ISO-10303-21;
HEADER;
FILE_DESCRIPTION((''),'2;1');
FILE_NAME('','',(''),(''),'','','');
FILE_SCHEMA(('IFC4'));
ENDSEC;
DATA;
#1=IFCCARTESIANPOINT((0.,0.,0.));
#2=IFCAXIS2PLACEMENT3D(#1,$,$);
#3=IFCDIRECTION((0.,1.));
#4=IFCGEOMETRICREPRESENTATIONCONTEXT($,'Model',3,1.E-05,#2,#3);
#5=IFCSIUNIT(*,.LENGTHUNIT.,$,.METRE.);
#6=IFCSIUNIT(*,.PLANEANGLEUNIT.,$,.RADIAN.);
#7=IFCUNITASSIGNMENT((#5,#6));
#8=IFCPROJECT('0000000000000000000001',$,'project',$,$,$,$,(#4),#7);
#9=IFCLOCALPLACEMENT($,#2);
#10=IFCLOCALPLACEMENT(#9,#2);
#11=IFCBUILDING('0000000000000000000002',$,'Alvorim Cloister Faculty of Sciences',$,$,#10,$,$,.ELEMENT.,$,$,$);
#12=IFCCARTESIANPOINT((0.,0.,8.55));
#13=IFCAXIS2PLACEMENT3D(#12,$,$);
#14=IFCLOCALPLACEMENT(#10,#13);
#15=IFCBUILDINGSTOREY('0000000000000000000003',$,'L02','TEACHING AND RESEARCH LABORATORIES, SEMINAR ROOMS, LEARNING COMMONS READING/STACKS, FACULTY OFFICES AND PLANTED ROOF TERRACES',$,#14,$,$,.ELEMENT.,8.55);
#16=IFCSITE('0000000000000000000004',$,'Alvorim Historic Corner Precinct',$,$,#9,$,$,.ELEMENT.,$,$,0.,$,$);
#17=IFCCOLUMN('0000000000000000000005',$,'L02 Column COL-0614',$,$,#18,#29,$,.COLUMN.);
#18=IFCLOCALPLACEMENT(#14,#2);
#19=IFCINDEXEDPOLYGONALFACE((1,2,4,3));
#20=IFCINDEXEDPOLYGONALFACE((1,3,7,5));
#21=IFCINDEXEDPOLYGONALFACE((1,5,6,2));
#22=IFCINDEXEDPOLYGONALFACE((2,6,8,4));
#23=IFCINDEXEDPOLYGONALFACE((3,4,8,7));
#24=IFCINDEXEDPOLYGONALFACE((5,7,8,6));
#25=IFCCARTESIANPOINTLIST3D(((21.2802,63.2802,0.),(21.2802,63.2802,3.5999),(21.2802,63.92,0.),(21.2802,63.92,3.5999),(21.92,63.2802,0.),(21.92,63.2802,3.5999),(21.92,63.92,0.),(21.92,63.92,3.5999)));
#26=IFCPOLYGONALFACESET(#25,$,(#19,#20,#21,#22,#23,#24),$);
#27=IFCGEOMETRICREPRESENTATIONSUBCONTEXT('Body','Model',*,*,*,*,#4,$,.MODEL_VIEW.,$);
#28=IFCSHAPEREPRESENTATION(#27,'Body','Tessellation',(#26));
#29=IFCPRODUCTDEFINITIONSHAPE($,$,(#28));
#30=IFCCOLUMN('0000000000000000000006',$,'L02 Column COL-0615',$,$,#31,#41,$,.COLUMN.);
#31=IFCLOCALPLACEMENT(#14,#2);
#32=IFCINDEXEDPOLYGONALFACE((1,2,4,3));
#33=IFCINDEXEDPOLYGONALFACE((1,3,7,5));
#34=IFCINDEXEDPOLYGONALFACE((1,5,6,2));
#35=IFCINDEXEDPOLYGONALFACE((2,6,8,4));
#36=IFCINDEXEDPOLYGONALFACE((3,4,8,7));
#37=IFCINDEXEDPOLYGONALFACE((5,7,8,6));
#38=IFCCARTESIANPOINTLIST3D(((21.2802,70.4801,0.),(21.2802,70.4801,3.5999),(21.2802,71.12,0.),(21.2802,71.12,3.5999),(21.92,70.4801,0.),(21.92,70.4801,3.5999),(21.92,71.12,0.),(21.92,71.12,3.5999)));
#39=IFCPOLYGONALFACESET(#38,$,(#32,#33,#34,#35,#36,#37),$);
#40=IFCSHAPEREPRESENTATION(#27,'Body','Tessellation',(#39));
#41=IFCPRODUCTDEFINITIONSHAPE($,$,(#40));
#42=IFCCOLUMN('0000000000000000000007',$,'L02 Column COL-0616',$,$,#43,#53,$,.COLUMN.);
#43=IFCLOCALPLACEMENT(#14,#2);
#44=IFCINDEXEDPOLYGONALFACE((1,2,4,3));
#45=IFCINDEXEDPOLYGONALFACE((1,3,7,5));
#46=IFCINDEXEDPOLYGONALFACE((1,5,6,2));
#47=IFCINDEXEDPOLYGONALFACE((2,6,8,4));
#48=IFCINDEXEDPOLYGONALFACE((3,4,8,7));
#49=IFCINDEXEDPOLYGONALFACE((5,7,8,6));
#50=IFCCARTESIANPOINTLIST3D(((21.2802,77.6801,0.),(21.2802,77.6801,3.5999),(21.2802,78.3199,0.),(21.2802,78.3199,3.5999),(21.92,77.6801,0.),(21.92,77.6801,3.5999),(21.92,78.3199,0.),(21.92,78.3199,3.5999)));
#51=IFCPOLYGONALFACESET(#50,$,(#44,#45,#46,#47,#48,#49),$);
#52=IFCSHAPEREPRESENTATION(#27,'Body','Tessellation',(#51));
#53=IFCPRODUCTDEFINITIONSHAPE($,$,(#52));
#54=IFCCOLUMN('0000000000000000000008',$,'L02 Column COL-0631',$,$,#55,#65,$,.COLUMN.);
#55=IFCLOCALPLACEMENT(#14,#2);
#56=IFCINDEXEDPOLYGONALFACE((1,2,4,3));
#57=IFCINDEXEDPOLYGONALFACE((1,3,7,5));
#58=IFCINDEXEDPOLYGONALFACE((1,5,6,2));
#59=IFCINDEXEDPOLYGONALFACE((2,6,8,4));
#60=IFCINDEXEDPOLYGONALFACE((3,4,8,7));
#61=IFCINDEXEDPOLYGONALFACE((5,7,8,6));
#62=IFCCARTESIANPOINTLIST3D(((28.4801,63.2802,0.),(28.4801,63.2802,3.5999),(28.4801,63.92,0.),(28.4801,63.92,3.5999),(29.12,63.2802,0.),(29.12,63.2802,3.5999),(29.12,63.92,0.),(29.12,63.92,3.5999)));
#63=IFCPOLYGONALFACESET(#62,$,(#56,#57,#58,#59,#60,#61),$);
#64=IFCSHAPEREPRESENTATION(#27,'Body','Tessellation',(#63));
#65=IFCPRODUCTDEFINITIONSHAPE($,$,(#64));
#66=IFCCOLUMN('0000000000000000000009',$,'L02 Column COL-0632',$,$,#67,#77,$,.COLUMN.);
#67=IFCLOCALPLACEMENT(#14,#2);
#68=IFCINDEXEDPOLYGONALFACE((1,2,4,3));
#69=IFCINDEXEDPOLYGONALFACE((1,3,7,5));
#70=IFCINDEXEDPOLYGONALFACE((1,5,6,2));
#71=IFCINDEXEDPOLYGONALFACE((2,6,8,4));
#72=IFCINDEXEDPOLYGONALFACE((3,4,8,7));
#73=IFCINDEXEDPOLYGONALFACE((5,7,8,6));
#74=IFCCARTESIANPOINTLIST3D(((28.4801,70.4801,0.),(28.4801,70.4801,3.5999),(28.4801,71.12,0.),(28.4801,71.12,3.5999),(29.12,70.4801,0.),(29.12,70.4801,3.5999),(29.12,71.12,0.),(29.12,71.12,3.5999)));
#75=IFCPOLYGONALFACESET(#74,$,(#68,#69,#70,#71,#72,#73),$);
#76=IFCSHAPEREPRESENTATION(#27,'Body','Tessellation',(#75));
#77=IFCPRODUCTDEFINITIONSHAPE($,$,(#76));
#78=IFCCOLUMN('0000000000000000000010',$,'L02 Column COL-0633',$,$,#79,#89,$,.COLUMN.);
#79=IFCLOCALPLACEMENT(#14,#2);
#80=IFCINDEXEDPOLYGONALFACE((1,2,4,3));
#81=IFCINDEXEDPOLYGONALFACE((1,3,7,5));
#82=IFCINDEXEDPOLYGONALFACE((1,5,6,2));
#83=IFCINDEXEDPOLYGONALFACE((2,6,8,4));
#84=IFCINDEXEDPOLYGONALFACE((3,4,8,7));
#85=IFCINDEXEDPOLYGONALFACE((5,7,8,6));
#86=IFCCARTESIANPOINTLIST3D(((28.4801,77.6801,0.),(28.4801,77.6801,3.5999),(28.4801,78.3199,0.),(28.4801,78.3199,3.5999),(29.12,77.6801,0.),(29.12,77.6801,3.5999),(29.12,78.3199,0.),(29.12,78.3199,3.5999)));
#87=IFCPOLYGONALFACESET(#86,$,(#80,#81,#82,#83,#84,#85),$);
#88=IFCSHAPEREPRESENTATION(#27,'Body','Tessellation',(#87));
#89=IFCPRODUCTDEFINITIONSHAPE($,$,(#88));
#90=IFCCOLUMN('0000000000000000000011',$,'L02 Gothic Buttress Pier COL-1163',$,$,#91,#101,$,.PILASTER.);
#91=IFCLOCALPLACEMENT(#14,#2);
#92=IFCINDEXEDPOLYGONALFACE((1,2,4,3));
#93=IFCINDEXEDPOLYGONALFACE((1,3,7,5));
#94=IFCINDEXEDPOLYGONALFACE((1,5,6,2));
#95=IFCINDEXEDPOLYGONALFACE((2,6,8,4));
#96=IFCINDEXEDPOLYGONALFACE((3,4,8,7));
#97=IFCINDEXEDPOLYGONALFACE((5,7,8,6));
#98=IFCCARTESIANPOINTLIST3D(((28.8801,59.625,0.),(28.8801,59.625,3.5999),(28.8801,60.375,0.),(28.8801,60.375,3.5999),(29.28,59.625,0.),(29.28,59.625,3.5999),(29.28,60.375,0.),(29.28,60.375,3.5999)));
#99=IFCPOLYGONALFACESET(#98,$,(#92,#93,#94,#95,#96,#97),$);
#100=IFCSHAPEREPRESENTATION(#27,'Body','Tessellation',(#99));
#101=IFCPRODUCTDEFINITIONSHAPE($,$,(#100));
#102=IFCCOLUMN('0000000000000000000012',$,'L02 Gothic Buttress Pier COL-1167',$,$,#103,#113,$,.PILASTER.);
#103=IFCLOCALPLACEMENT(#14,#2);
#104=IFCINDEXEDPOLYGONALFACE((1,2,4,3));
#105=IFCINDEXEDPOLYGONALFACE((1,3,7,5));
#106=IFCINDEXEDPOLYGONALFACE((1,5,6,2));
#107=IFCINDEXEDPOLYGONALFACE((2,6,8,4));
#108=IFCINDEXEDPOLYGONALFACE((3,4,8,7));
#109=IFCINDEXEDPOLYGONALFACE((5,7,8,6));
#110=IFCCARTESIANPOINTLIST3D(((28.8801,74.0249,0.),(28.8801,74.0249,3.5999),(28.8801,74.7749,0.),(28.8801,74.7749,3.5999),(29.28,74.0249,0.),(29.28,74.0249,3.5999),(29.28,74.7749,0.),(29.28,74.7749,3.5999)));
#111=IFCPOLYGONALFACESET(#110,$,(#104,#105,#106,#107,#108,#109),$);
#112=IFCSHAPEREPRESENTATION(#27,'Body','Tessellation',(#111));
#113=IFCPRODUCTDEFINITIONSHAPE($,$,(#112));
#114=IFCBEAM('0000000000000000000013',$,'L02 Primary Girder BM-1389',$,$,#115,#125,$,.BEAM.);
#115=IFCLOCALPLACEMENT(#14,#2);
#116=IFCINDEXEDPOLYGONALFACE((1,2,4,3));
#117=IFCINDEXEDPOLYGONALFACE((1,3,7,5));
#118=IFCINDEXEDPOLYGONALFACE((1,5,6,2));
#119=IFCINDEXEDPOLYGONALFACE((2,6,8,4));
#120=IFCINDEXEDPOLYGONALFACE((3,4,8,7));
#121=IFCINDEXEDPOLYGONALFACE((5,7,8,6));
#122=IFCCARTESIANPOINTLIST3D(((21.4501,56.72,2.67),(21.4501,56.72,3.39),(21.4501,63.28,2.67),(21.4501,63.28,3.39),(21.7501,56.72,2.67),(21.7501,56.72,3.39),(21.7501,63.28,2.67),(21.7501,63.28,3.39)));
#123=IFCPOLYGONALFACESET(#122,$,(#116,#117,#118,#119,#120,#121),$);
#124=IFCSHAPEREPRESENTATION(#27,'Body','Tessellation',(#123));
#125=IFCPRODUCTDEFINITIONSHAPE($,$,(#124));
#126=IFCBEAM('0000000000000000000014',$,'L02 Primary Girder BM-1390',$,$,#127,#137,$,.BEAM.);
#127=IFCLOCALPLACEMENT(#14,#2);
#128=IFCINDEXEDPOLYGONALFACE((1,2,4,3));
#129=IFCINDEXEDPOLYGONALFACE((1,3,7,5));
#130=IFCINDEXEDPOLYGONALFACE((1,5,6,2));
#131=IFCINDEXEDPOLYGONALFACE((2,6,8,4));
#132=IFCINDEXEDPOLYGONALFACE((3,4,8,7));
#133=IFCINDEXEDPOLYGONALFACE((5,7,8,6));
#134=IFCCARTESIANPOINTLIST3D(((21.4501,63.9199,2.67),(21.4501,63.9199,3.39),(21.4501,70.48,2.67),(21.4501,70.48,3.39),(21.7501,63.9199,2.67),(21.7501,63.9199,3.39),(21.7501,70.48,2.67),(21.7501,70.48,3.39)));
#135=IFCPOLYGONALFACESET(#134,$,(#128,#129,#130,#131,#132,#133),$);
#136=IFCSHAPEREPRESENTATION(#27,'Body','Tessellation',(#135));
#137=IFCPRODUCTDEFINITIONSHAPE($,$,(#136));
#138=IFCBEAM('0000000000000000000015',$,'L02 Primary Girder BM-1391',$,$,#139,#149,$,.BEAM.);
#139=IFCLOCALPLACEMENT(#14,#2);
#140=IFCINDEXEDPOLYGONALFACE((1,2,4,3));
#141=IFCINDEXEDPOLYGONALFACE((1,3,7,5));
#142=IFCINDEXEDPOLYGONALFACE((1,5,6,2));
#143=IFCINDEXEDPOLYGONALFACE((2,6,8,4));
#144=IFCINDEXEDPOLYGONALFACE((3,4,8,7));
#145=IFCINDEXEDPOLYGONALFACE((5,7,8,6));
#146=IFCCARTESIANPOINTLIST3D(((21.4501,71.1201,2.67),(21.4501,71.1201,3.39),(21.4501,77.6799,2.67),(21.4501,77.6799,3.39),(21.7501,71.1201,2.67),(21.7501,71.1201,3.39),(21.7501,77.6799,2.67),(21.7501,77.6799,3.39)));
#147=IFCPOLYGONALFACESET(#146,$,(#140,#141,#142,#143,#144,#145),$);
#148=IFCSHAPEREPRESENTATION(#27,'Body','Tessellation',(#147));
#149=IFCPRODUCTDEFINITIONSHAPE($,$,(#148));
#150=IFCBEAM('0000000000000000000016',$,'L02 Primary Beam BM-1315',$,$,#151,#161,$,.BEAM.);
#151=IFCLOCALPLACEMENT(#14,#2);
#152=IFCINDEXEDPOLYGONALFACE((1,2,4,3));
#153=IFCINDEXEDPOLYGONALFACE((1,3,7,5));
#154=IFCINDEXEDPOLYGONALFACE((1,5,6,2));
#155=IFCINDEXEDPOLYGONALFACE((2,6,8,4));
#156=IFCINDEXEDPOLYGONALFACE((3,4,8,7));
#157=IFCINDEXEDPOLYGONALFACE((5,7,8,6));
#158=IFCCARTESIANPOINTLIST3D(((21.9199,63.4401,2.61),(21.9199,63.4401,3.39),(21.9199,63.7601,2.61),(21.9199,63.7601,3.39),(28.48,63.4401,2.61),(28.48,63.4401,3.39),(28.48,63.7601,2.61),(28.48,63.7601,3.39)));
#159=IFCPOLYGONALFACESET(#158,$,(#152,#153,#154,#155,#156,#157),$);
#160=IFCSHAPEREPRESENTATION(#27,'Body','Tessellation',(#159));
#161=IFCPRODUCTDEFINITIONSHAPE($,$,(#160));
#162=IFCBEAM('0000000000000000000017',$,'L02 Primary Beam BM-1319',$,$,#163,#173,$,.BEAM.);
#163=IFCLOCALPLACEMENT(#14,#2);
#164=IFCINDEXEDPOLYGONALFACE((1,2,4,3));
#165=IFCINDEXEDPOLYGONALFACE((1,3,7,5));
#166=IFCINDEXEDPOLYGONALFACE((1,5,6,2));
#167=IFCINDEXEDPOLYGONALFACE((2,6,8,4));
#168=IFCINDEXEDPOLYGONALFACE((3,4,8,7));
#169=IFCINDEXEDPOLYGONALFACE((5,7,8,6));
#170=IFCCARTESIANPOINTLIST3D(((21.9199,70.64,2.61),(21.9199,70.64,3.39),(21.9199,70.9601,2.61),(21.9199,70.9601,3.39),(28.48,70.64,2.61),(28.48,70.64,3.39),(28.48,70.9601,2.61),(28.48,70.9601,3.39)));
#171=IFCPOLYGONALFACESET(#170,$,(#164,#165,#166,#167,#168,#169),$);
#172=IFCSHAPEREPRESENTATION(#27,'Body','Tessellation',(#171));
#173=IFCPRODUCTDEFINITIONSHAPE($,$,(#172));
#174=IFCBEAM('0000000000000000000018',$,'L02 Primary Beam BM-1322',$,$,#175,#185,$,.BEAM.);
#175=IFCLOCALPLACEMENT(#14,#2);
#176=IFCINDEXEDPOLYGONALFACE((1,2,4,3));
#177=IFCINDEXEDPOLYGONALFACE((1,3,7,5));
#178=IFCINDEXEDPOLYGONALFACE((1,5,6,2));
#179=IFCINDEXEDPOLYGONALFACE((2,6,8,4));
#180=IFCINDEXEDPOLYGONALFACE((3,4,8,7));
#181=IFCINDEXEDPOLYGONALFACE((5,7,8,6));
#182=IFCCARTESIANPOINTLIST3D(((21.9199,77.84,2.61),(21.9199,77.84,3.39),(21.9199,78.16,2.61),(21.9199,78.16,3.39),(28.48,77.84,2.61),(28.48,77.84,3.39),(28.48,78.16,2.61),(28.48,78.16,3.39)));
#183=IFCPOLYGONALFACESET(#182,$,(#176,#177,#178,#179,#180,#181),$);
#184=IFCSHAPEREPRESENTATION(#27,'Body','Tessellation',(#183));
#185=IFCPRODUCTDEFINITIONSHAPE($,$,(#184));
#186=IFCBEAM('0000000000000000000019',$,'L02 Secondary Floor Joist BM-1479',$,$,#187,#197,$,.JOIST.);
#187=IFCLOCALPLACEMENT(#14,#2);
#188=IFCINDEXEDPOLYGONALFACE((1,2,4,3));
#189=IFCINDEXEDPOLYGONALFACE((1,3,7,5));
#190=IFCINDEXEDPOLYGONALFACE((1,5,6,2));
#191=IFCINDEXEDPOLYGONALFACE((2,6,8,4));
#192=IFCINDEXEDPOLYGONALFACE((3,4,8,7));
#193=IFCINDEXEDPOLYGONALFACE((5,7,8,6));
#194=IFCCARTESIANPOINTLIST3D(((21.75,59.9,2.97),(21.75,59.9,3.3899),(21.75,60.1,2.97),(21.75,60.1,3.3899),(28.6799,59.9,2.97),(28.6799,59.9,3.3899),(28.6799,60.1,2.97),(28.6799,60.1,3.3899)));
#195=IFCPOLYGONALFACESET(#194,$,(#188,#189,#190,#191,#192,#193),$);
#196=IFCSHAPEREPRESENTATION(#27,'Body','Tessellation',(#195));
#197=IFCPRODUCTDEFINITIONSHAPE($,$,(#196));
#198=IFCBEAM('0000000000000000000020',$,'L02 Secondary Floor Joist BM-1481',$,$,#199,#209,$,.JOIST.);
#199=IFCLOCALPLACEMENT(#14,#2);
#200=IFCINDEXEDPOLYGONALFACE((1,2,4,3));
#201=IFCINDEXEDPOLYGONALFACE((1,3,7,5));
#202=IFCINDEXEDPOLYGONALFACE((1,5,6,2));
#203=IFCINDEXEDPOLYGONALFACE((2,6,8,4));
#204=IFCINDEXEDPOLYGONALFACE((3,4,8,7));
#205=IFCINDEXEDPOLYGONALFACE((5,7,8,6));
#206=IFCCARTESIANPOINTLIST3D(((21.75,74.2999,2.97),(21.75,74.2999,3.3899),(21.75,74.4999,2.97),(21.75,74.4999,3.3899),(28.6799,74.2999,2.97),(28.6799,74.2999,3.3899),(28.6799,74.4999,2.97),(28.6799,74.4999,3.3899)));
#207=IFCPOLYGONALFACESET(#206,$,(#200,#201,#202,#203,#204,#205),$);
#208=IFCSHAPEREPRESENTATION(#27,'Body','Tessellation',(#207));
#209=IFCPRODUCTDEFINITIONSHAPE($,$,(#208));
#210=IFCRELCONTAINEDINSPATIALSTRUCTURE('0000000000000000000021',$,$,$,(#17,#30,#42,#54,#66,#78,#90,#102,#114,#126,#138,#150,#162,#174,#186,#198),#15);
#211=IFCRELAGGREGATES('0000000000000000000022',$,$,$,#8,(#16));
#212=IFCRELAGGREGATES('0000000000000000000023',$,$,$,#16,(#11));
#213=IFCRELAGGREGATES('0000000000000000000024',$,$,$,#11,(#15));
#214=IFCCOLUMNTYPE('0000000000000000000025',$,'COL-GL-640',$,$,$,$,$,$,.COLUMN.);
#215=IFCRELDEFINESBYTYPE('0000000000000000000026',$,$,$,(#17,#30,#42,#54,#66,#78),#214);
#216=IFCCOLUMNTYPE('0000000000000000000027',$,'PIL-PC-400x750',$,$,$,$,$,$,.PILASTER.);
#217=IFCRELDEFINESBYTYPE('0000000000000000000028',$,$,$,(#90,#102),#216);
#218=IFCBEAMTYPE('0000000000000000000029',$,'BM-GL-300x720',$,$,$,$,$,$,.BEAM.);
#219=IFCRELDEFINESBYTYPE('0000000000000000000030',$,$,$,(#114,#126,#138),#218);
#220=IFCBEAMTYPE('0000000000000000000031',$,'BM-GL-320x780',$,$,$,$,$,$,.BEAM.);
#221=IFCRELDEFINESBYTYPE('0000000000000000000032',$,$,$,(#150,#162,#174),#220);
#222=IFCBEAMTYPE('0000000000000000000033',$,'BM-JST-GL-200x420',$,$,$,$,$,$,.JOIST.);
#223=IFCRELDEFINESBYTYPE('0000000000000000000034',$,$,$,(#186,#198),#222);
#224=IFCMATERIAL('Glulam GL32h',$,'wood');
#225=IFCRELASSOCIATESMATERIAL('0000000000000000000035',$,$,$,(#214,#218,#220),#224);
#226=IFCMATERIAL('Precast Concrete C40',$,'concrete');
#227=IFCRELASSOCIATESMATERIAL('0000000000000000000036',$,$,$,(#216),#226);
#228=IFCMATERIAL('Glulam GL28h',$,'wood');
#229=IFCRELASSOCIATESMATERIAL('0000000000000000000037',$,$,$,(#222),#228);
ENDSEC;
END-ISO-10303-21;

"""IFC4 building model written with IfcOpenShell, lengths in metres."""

from ifc_helpers import new_model, si_unit, direction, frame, origin, origin_2d, place, context, subcontext, project, spatial, rectangle, extrude, material, material_profile, profile_set, type_object, element, save


model = new_model("IFC4")

# Units and contexts
model_context = context("Model", 3, precision=1e-05, world=origin(), true_north=direction((0.0, 1.0)))
body_context = subcontext(model_context, "Body", "Model", "MODEL_VIEW")
ifc_project = project(units=[si_unit("LENGTHUNIT", "METRE"), si_unit("PLANEANGLEUNIT", "RADIAN")], contexts=[model_context])

# Site, building, storey
site_placement = place(None, origin())
site = spatial("IfcSite", under=ifc_project, at=site_placement, Name="Alvorim Historic Corner Precinct", CompositionType="ELEMENT", RefElevation=0.0)
building_placement = place(site_placement, origin())
building = spatial("IfcBuilding", under=site, at=building_placement, Name="Alvorim Cloister Faculty of Sciences", CompositionType="ELEMENT")
storey_placement = place(building_placement, frame((0.0, 0.0, 8.55)))
storey = spatial("IfcBuildingStorey", under=building, at=storey_placement, Name="L02", Description="TEACHING AND RESEARCH LABORATORIES, SEMINAR ROOMS, LEARNING COMMONS READING/STACKS, FACULTY OFFICES AND PLANTED ROOF TERRACES", CompositionType="ELEMENT", Elevation=8.55)

# Columns
ifc_material_1 = material(Name="Glulam GL32h", Category="wood")
ifc_material_profile_1 = material_profile(ifc_material_1, rectangle(XDim=0.6399, YDim=0.6399, at=origin_2d()), Name="GL32-COL-640x640")
ifc_profile_set_1 = profile_set([ifc_material_profile_1], Name="Glulam GL32h")
column_type_1 = type_object("IfcColumnType", Name="COL-GL-640", PredefinedType="COLUMN", material=ifc_profile_set_1)
for number, where, z_axis, x_axis, name in (
    (1, (21.6001, 63.6001, 0.0), (0.0, 0.0, 1.0), (1.0, 0.0, 0.0), "L02 Column COL-0614"),
    (2, (21.6001, 70.8, 0.0), (0.0, 0.0, 1.0), (1.0, 0.0, 0.0), "L02 Column COL-0615"),
    (3, (21.6001, 78.0, 0.0), (0.0, 0.0, 1.0), (1.0, 0.0, 0.0), "L02 Column COL-0616"),
    (4, (28.8, 63.6001, 0.0), (0.0, 0.0, 1.0), (1.0, 0.0, 0.0), "L02 Column COL-0631"),
    (5, (28.8, 70.8, 0.0), (0.0, 0.0, 1.0), (1.0, 0.0, 0.0), "L02 Column COL-0632"),
    (6, (28.8, 78.0, 0.0), (0.0, 0.0, 1.0), (1.0, 0.0, 0.0), "L02 Column COL-0633"),
):
    element("IfcColumn", number, at=place(storey_placement, frame(where, z_axis=z_axis, x_axis=x_axis)), inside=storey, type_object=column_type_1, Name=name, PredefinedType="COLUMN", context=body_context, shape_type="SweptSolid", body=[
        extrude(rectangle(XDim=0.6399, YDim=0.6399, at=origin_2d()), origin(), (0.0, 0.0, 1.0), 3.5999),
    ])
ifc_material_2 = material(Name="Precast Concrete C40", Category="concrete")
ifc_material_profile_2 = material_profile(ifc_material_2, rectangle(XDim=0.3999, YDim=0.75, at=origin_2d()), Name="RC40-PIL-400x750")
ifc_profile_set_2 = profile_set([ifc_material_profile_2], Name="Precast Concrete C40")
column_type_2 = type_object("IfcColumnType", Name="PIL-PC-400x750", PredefinedType="PILASTER", material=ifc_profile_set_2)
for number, where, z_axis, x_axis, name in (
    (7, (29.0801, 60.0, 0.0), (0.0, 0.0, 1.0), (1.0, 0.0, 0.0), "L02 Gothic Buttress Pier COL-1163"),
    (8, (29.0801, 74.3999, 0.0), (0.0, 0.0, 1.0), (1.0, 0.0, 0.0), "L02 Gothic Buttress Pier COL-1167"),
):
    element("IfcColumn", number, at=place(storey_placement, frame(where, z_axis=z_axis, x_axis=x_axis)), inside=storey, type_object=column_type_2, Name=name, PredefinedType="PILASTER", context=body_context, shape_type="SweptSolid", body=[
        extrude(rectangle(XDim=0.3999, YDim=0.75, at=origin_2d()), origin(), (0.0, 0.0, 1.0), 3.5999),
    ])

# Beams
ifc_material_profile_3 = material_profile(ifc_material_1, rectangle(XDim=0.3, YDim=0.72, at=origin_2d()), Name="GL32-BM-300x720")
ifc_profile_set_3 = profile_set([ifc_material_profile_3], Name="Glulam GL32h")
beam_type_1 = type_object("IfcBeamType", Name="BM-GL-300x720", PredefinedType="BEAM", material=ifc_profile_set_3)
for number, where, z_axis, x_axis, name in (
    (9, (21.6001, 56.72, 3.03), (0.0, 1.0, 0.0), (-1.0, 0.0, 0.0), "L02 Primary Girder BM-1389"),
    (10, (21.6001, 63.9199, 3.03), (0.0, 1.0, 0.0), (-1.0, 0.0, 0.0), "L02 Primary Girder BM-1390"),
):
    element("IfcBeam", number, at=place(storey_placement, frame(where, z_axis=z_axis, x_axis=x_axis)), inside=storey, type_object=beam_type_1, Name=name, PredefinedType="BEAM", context=body_context, shape_type="SweptSolid", body=[
        extrude(rectangle(XDim=0.3, YDim=0.72, at=origin_2d()), origin(), (0.0, 0.0, 1.0), 6.5601),
    ])
beam_1_placement = place(storey_placement, frame((21.6001, 71.1201, 3.03), z_axis=(0.0, 1.0, 0.0), x_axis=(-1.0, 0.0, 0.0)))
element("IfcBeam", 11, at=beam_1_placement, inside=storey, type_object=beam_type_1, Name="L02 Primary Girder BM-1391", PredefinedType="BEAM", context=body_context, shape_type="SweptSolid", body=[
    extrude(rectangle(XDim=0.3, YDim=0.72, at=origin_2d()), origin(), (0.0, 0.0, 1.0), 6.5598),
])
ifc_material_profile_4 = material_profile(ifc_material_1, rectangle(XDim=0.3201, YDim=0.78, at=origin_2d()), Name="GL32-BM-320x780")
ifc_profile_set_4 = profile_set([ifc_material_profile_4], Name="Glulam GL32h")
beam_type_2 = type_object("IfcBeamType", Name="BM-GL-320x780", PredefinedType="BEAM", material=ifc_profile_set_4)
for number, where, z_axis, x_axis, name in (
    (12, (21.9199, 63.6001, 3.0), (1.0, 0.0, 0.0), (0.0, 1.0, 0.0), "L02 Primary Beam BM-1315"),
    (13, (21.9199, 70.8, 3.0), (1.0, 0.0, 0.0), (0.0, 1.0, 0.0), "L02 Primary Beam BM-1319"),
    (14, (21.9199, 78.0, 3.0), (1.0, 0.0, 0.0), (0.0, 1.0, 0.0), "L02 Primary Beam BM-1322"),
):
    element("IfcBeam", number, at=place(storey_placement, frame(where, z_axis=z_axis, x_axis=x_axis)), inside=storey, type_object=beam_type_2, Name=name, PredefinedType="BEAM", context=body_context, shape_type="SweptSolid", body=[
        extrude(rectangle(XDim=0.3201, YDim=0.78, at=origin_2d()), origin(), (0.0, 0.0, 1.0), 6.5601),
    ])
ifc_material_3 = material(Name="Glulam GL28h", Category="wood")
ifc_material_profile_5 = material_profile(ifc_material_3, rectangle(XDim=0.2, YDim=0.4199, at=origin_2d()), Name="GL28-JST-200x420")
ifc_profile_set_5 = profile_set([ifc_material_profile_5], Name="Glulam GL28h")
beam_type_3 = type_object("IfcBeamType", Name="BM-JST-GL-200x420", PredefinedType="JOIST", material=ifc_profile_set_5)
for number, where, z_axis, x_axis, name in (
    (15, (21.75, 60.0, 3.1799), (1.0, 0.0, 0.0), (0.0, 1.0, 0.0), "L02 Secondary Floor Joist BM-1479"),
    (16, (21.75, 74.3999, 3.1799), (1.0, 0.0, 0.0), (0.0, 1.0, 0.0), "L02 Secondary Floor Joist BM-1481"),
):
    element("IfcBeam", number, at=place(storey_placement, frame(where, z_axis=z_axis, x_axis=x_axis)), inside=storey, type_object=beam_type_3, Name=name, PredefinedType="JOIST", context=body_context, shape_type="SweptSolid", body=[
        extrude(rectangle(XDim=0.2, YDim=0.4199, at=origin_2d()), origin(), (0.0, 0.0, 1.0), 6.9299),
    ])

save(model, "model.ifc")
